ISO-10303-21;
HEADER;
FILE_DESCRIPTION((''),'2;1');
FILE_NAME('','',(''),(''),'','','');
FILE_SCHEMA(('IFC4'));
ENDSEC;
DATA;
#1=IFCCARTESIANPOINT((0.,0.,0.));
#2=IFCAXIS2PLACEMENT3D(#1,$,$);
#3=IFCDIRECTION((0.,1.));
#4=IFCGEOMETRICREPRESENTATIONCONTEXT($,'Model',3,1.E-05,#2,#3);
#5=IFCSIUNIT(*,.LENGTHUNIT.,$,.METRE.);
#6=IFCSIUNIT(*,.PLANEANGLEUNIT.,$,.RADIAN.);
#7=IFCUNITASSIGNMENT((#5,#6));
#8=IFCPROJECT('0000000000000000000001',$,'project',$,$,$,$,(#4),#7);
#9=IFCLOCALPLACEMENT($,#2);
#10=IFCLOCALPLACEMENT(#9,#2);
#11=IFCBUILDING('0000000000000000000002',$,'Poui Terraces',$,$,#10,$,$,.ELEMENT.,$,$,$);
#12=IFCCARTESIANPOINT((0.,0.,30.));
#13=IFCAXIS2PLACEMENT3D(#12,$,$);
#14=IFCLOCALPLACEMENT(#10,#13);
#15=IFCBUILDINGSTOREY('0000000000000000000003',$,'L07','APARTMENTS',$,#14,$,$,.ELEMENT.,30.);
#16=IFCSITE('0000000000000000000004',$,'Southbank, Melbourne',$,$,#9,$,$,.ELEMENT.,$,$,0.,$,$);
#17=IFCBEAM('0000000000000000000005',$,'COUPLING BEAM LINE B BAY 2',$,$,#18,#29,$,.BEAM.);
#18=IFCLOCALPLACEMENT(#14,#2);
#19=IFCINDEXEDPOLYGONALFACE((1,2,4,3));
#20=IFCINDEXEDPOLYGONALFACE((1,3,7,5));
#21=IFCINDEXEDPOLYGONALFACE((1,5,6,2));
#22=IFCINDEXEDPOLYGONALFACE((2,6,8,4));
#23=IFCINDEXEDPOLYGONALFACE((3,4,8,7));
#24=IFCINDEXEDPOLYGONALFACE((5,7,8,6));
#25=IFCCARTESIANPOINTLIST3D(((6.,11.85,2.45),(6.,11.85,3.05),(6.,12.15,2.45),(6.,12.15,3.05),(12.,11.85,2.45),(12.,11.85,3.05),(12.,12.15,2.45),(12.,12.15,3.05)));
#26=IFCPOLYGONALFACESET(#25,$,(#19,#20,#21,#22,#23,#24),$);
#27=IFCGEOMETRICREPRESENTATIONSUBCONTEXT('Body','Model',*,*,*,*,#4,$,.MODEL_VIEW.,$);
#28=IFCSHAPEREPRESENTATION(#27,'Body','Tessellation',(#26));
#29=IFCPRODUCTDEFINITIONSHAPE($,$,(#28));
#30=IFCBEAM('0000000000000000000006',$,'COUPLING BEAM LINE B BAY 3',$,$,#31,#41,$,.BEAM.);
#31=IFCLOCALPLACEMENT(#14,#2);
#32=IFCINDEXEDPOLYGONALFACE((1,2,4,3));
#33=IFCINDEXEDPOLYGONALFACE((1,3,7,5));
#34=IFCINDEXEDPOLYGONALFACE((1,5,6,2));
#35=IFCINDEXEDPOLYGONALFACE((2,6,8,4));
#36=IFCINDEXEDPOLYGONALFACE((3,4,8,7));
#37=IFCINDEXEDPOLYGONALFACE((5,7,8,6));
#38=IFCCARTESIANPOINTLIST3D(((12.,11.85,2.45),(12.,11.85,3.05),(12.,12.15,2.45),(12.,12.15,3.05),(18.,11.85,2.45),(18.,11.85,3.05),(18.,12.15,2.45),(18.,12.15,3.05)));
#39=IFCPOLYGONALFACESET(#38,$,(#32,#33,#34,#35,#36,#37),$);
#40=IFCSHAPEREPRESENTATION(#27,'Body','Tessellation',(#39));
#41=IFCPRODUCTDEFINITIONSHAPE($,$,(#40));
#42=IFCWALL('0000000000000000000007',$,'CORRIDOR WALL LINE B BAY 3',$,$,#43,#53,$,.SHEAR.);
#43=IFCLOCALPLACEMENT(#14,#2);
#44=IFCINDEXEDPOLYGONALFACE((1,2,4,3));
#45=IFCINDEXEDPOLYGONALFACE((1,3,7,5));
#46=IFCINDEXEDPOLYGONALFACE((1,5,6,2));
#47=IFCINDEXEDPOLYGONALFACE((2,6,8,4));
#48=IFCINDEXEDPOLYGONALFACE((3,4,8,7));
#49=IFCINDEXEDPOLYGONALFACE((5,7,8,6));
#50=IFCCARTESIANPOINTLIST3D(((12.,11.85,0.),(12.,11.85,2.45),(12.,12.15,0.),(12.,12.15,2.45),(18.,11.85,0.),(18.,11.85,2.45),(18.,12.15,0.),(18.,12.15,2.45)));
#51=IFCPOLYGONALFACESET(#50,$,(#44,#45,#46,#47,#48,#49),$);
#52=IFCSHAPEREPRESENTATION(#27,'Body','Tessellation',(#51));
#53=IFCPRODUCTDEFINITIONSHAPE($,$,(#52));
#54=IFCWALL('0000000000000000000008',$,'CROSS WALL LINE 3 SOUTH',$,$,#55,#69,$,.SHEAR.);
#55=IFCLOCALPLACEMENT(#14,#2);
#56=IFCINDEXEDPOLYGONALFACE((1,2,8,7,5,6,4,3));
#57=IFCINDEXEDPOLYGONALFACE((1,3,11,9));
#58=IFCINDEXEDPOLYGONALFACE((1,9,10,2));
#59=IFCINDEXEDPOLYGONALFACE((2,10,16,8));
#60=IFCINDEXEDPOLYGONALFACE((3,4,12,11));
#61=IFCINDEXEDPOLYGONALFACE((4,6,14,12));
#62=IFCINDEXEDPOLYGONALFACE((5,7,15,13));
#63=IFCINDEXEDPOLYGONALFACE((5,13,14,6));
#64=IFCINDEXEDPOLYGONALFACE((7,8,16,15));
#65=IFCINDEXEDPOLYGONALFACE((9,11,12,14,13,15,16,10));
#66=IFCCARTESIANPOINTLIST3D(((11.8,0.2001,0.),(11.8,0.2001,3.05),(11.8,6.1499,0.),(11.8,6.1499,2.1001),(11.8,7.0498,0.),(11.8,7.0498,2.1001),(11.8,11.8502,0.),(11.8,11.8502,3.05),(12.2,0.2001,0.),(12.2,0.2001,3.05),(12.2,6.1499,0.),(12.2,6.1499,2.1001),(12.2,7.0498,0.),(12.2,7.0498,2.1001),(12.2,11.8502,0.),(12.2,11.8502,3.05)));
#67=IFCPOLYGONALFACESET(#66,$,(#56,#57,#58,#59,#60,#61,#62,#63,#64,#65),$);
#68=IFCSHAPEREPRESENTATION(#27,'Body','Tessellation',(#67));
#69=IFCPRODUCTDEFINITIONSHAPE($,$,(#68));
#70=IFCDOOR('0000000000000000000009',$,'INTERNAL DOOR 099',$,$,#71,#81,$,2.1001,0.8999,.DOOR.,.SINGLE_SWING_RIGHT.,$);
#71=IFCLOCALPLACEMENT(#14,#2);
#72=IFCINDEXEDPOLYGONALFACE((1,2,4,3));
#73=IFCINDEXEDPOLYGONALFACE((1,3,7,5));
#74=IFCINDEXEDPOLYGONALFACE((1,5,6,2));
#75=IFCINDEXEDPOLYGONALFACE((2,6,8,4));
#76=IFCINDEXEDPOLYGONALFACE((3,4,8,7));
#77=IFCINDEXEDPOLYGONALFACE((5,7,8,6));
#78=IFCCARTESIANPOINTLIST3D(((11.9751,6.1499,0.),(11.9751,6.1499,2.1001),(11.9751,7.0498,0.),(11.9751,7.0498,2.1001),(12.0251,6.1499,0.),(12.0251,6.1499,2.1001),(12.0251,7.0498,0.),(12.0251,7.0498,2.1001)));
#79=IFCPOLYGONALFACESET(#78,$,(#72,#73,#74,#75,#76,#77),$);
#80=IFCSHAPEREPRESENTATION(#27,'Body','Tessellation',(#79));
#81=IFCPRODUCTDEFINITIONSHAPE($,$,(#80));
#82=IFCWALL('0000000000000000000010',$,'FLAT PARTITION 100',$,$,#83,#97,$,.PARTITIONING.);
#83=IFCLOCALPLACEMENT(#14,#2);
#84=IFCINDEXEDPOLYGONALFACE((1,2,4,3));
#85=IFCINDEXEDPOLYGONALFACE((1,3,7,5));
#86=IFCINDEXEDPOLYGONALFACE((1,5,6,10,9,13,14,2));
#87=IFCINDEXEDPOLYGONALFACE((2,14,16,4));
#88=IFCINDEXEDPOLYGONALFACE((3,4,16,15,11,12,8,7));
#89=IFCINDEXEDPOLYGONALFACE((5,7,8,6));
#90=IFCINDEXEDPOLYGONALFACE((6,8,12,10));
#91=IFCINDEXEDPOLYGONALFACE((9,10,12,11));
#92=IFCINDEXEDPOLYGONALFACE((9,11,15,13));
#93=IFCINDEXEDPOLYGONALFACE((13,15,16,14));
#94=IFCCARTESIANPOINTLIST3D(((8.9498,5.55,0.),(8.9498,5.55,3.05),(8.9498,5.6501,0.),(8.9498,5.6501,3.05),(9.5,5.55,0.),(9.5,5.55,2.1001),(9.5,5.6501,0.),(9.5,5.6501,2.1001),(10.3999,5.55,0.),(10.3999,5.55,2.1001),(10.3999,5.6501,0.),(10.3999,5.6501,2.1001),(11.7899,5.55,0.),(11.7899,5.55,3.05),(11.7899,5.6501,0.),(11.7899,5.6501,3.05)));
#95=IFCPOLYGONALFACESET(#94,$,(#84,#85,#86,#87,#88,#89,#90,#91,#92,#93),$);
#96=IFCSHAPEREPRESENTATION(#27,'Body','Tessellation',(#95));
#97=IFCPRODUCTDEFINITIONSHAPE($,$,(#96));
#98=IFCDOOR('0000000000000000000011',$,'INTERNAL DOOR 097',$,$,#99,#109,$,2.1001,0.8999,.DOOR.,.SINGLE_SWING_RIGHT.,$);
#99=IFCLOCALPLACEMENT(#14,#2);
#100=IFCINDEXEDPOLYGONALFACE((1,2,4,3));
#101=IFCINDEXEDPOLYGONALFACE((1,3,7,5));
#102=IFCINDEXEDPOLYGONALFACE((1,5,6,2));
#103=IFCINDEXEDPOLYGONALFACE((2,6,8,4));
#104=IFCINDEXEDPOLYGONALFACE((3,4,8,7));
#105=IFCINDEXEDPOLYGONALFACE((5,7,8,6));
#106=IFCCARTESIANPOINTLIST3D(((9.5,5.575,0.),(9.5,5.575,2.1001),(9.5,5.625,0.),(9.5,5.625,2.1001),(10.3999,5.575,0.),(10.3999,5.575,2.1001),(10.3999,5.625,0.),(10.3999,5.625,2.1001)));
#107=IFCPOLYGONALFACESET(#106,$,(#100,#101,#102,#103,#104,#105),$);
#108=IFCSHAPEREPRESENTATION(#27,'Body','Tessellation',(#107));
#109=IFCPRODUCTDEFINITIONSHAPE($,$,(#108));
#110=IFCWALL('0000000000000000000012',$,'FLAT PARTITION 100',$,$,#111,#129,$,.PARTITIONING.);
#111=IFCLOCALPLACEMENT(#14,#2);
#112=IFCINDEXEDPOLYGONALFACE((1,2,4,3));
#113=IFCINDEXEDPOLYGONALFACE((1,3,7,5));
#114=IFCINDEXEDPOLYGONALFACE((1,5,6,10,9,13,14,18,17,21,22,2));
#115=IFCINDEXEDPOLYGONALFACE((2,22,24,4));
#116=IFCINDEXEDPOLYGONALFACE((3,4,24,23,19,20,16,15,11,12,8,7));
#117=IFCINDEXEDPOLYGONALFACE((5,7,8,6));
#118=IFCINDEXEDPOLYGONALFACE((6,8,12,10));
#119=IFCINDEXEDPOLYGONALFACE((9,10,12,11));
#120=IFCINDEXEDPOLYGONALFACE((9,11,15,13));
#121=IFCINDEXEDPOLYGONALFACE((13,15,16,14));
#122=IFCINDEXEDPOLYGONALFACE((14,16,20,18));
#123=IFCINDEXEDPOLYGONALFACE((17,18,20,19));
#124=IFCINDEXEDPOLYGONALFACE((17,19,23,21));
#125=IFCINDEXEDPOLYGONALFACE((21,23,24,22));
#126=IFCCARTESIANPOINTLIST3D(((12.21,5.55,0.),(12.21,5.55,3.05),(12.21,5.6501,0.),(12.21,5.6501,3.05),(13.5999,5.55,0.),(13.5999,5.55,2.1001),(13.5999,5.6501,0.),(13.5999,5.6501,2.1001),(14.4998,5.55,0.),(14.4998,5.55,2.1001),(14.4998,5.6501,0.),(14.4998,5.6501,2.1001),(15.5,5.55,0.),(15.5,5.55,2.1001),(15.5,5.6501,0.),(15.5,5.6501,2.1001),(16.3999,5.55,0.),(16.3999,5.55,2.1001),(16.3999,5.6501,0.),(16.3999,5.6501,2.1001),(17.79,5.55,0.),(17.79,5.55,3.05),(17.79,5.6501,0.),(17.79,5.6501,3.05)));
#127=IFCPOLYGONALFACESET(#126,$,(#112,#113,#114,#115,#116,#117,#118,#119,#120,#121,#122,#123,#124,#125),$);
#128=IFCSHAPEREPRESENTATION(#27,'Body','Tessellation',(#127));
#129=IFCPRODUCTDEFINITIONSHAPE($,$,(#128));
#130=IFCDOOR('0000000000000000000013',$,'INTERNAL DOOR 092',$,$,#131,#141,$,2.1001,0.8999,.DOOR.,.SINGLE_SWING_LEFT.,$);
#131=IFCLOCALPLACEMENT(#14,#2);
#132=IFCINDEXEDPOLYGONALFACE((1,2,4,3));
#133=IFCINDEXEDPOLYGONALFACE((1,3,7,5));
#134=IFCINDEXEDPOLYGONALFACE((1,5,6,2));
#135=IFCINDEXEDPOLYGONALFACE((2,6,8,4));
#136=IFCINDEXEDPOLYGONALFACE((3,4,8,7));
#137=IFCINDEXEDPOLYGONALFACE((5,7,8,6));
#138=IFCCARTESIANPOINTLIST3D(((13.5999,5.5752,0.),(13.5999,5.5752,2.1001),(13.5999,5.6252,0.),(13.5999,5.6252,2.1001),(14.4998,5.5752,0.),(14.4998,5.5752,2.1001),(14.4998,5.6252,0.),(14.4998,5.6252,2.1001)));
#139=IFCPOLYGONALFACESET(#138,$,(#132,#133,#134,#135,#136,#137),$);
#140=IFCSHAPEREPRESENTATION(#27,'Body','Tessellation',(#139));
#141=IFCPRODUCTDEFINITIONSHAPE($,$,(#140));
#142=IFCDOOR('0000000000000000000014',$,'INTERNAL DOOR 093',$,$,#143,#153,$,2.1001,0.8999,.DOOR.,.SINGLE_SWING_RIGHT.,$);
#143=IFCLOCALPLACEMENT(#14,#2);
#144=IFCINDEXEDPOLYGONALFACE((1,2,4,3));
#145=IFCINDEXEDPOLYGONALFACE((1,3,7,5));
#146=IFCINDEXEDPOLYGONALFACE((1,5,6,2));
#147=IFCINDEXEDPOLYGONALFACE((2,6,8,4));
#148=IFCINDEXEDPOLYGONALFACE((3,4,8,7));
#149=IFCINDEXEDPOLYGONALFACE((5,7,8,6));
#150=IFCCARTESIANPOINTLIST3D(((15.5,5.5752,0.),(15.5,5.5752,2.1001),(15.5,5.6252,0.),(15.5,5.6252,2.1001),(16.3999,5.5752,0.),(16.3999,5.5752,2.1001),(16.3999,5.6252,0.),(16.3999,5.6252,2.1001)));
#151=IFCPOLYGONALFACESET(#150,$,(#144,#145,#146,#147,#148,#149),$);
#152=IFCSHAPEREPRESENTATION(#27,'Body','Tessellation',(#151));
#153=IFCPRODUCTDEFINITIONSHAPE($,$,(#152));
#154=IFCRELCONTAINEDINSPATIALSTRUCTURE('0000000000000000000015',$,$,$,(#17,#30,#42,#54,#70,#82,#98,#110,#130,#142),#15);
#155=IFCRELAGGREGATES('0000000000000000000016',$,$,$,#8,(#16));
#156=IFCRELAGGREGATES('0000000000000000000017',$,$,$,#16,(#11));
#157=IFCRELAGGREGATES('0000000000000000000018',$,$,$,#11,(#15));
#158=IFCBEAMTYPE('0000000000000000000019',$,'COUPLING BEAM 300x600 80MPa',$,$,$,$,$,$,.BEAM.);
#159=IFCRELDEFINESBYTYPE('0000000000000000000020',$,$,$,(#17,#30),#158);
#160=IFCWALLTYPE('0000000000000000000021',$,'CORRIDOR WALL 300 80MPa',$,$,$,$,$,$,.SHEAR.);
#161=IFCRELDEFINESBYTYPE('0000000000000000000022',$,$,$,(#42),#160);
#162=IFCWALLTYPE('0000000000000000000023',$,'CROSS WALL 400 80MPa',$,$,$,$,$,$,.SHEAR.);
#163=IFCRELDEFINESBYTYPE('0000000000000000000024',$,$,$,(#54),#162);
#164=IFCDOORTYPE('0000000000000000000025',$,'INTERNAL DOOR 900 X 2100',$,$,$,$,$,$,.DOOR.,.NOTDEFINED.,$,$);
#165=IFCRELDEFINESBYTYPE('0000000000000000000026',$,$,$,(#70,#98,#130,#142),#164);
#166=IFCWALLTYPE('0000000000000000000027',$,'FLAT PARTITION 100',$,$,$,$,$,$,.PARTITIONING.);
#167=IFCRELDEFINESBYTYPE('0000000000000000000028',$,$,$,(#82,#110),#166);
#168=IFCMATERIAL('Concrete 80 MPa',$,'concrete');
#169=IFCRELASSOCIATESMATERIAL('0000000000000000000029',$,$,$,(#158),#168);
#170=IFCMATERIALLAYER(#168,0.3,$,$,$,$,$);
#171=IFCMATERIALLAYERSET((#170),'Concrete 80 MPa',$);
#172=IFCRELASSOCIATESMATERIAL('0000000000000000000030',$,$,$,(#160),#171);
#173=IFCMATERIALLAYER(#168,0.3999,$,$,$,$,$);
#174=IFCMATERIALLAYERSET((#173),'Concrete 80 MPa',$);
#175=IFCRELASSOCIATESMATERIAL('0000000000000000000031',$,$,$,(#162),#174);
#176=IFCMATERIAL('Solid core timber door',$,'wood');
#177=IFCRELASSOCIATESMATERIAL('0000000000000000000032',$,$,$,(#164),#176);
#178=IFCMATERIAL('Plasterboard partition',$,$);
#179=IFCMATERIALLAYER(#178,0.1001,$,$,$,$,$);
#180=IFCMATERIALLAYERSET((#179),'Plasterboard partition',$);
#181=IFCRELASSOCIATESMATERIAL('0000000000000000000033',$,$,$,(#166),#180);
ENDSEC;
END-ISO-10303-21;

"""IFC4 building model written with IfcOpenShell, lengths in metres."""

from ifc_helpers import new_model, si_unit, direction, frame, frame_2d, origin, origin_2d, place, context, subcontext, project, spatial, rectangle, extrude, source, transform, mapped, material, layer, layer_set, material_profile, profile_set, type_object, element, fill, save


model = new_model("IFC4")

# Units and contexts
model_context = context("Model", 3, precision=1e-05, world=origin(), true_north=direction((0.0, 1.0)))
body_context = subcontext(model_context, "Body", "Model", "MODEL_VIEW")
ifc_project = project(units=[si_unit("LENGTHUNIT", "METRE"), si_unit("PLANEANGLEUNIT", "RADIAN")], contexts=[model_context])

# Site, building, storey
site_placement = place(None, origin())
site = spatial("IfcSite", under=ifc_project, at=site_placement, Name="Southbank, Melbourne", CompositionType="ELEMENT", RefElevation=0.0)
building_placement = place(site_placement, origin())
building = spatial("IfcBuilding", under=site, at=building_placement, Name="Poui Terraces", CompositionType="ELEMENT")
storey_placement = place(building_placement, frame((0.0, 0.0, 30.0)))
storey = spatial("IfcBuildingStorey", under=building, at=storey_placement, Name="L07", Description="APARTMENTS", CompositionType="ELEMENT", Elevation=30.0)

# Beams
ifc_material_1 = material(Name="Concrete 80 MPa", Category="concrete")
ifc_material_profile = material_profile(ifc_material_1, rectangle(XDim=0.3, YDim=0.6001, at=origin_2d()), Name="RC 300x600")
ifc_profile_set = profile_set([ifc_material_profile], Name="Concrete 80 MPa")
beam_type = type_object("IfcBeamType", Name="COUPLING BEAM 300x600 80MPa", PredefinedType="BEAM", material=ifc_profile_set)
shared_shape = source(origin(), body_context, "Body", "SweptSolid", [
    extrude(rectangle(XDim=0.3, YDim=0.6001, at=origin_2d()), origin(), (0.0, 0.0, 1.0), 6.0),
])
for number, where, z_axis, x_axis, name in (
    (1, (6.0, 12.0, 2.75), (1.0, 0.0, 0.0), (0.0, 1.0, 0.0), "COUPLING BEAM LINE B BAY 2"),
    (2, (12.0, 12.0, 2.75), (1.0, 0.0, 0.0), (0.0, 1.0, 0.0), "COUPLING BEAM LINE B BAY 3"),
):
    element("IfcBeam", number, at=place(storey_placement, frame(where, z_axis=z_axis, x_axis=x_axis)), inside=storey, type_object=beam_type, Name=name, PredefinedType="BEAM", context=body_context, shape_type="MappedRepresentation", body=[
        mapped(shared_shape, transform((0.0, 0.0, 0.0))),
    ])

# Wall
ifc_layer_1 = layer(ifc_material_1, 0.3)
ifc_layer_set_1 = layer_set([ifc_layer_1], Name="Concrete 80 MPa")
wall_type_1 = type_object("IfcWallType", Name="CORRIDOR WALL 300 80MPa", PredefinedType="SHEAR", material=ifc_layer_set_1)
wall_1_placement = place(storey_placement, frame((12.0, 12.0, 0.0), z_axis=(0.0, 0.0, 1.0), x_axis=(1.0, 0.0, 0.0)))
element("IfcWall", 3, at=wall_1_placement, inside=storey, type_object=wall_type_1, Name="CORRIDOR WALL LINE B BAY 3", PredefinedType="SHEAR", context=body_context, shape_type="SweptSolid", body=[
    extrude(rectangle(XDim=6.0, YDim=0.3, at=frame_2d((3.0, 0.0))), origin(), (0.0, 0.0, 1.0), 2.45),
])

# Walls, openings, doors
ifc_layer_2 = layer(ifc_material_1, 0.3999)
ifc_layer_set_2 = layer_set([ifc_layer_2], Name="Concrete 80 MPa")
wall_type_2 = type_object("IfcWallType", Name="CROSS WALL 400 80MPa", PredefinedType="SHEAR", material=ifc_layer_set_2)
wall_2_placement = place(storey_placement, frame((12.0, 0.2, 0.0), z_axis=(0.0, 0.0, 1.0), x_axis=(0.0, 1.0, 0.0)))
wall_2 = element("IfcWall", 4, at=wall_2_placement, inside=storey, type_object=wall_type_2, Name="CROSS WALL LINE 3 SOUTH", PredefinedType="SHEAR", context=body_context, shape_type="SweptSolid", body=[
    extrude(rectangle(XDim=11.6501, YDim=0.3999, at=frame_2d((5.8252, 0.0))), origin(), (0.0, 0.0, 1.0), 3.05),
])
opening_1_placement = place(wall_2_placement, frame((5.95, 0.0, 0.0)))
opening_1 = element("IfcOpeningElement", 5, at=opening_1_placement, cuts=wall_2, PredefinedType="OPENING", context=body_context, shape_type="SweptSolid", body=[
    extrude(rectangle(XDim=0.8999, YDim=2.1001, at=frame_2d((0.45, 1.05))), frame((0.0, 0.21, 0.0), z_axis=(0.0, -1.0, 0.0), x_axis=(1.0, 0.0, 0.0)), (0.0, 0.0, 1.0), 0.4199),
])
ifc_material_2 = material(Name="Solid core timber door", Category="wood")
door_type_1 = type_object("IfcDoorType", Name="INTERNAL DOOR 900 X 2100", OperationType="NOTDEFINED", PredefinedType="DOOR", material=ifc_material_2)
door_1_placement = place(opening_1_placement, origin())
door_1 = element("IfcDoor", 6, at=door_1_placement, inside=storey, type_object=door_type_1, Name="INTERNAL DOOR 099", OperationType="SINGLE_SWING_RIGHT", OverallHeight=2.1001, OverallWidth=0.8999, PredefinedType="DOOR", context=body_context, shape_type="SweptSolid", body=[
    extrude(rectangle(XDim=0.8999, YDim=2.1001, at=frame_2d((0.45, 1.05))), frame((0.0, 0.0249, 0.0), z_axis=(0.0, -1.0, 0.0), x_axis=(1.0, 0.0, 0.0)), (0.0, 0.0, 1.0), 0.05),
])
fill(opening_1, door_1)
ifc_material_3 = material(Name="Plasterboard partition")
ifc_layer_3 = layer(ifc_material_3, 0.1001)
ifc_layer_set_3 = layer_set([ifc_layer_3], Name="Plasterboard partition")
wall_type_3 = type_object("IfcWallType", Name="FLAT PARTITION 100", PredefinedType="PARTITIONING", material=ifc_layer_set_3)
wall_3_placement = place(storey_placement, frame((8.95, 5.6001, 0.0), z_axis=(0.0, 0.0, 1.0), x_axis=(1.0, 0.0, 0.0)))
wall_3 = element("IfcWall", 7, at=wall_3_placement, inside=storey, type_object=wall_type_3, Name="FLAT PARTITION 100", PredefinedType="PARTITIONING", context=body_context, shape_type="SweptSolid", body=[
    extrude(rectangle(XDim=2.8401, YDim=0.1001, at=frame_2d((1.4199, 0.0))), origin(), (0.0, 0.0, 1.0), 3.05),
])
opening_2_placement = place(wall_3_placement, frame((0.55, 0.0, 0.0)))
opening_2 = element("IfcOpeningElement", 8, at=opening_2_placement, cuts=wall_3, PredefinedType="OPENING", context=body_context, shape_type="SweptSolid", body=[
    extrude(rectangle(XDim=0.8999, YDim=2.1001, at=frame_2d((0.45, 1.05))), frame((0.0, 0.0601, 0.0), z_axis=(0.0, -1.0, 0.0), x_axis=(1.0, 0.0, 0.0)), (0.0, 0.0, 1.0), 0.1201),
])
door_2_placement = place(opening_2_placement, origin())
door_2 = element("IfcDoor", 9, at=door_2_placement, inside=storey, type_object=door_type_1, Name="INTERNAL DOOR 097", OperationType="SINGLE_SWING_RIGHT", OverallHeight=2.1001, OverallWidth=0.8999, PredefinedType="DOOR", context=body_context, shape_type="SweptSolid", body=[
    extrude(rectangle(XDim=0.8999, YDim=2.1001, at=frame_2d((0.45, 1.05))), frame((0.0, 0.0249, 0.0), z_axis=(0.0, -1.0, 0.0), x_axis=(1.0, 0.0, 0.0)), (0.0, 0.0, 1.0), 0.05),
])
fill(opening_2, door_2)

# Wall, openings, doors
wall_4_placement = place(storey_placement, frame((12.21, 5.6001, 0.0), z_axis=(0.0, 0.0, 1.0), x_axis=(1.0, 0.0, 0.0)))
wall_4 = element("IfcWall", 10, at=wall_4_placement, inside=storey, type_object=wall_type_3, Name="FLAT PARTITION 100", PredefinedType="PARTITIONING", context=body_context, shape_type="SweptSolid", body=[
    extrude(rectangle(XDim=5.5801, YDim=0.1001, at=frame_2d((2.79, 0.0))), origin(), (0.0, 0.0, 1.0), 3.05),
])
opening_3_placement = place(wall_4_placement, frame((1.3899, 0.0, 0.0)))
opening_3 = element("IfcOpeningElement", 11, at=opening_3_placement, cuts=wall_4, PredefinedType="OPENING", context=body_context, shape_type="SweptSolid", body=[
    extrude(rectangle(XDim=0.8999, YDim=2.1001, at=frame_2d((0.45, 1.05))), frame((0.0, 0.0601, 0.0), z_axis=(0.0, -1.0, 0.0), x_axis=(1.0, 0.0, 0.0)), (0.0, 0.0, 1.0), 0.1201),
])
opening_4_placement = place(wall_4_placement, frame((3.29, 0.0, 0.0)))
opening_4 = element("IfcOpeningElement", 12, at=opening_4_placement, cuts=wall_4, PredefinedType="OPENING", context=body_context, shape_type="SweptSolid", body=[
    extrude(rectangle(XDim=0.8999, YDim=2.1001, at=frame_2d((0.45, 1.05))), frame((0.0, 0.0601, 0.0), z_axis=(0.0, -1.0, 0.0), x_axis=(1.0, 0.0, 0.0)), (0.0, 0.0, 1.0), 0.1201),
])
door_3_placement = place(opening_3_placement, frame((0.8999, 0.0, 0.0), z_axis=(0.0, 0.0, 1.0), x_axis=(-1.0, 0.0, 0.0)))
door_3 = element("IfcDoor", 13, at=door_3_placement, inside=storey, type_object=door_type_1, Name="INTERNAL DOOR 092", OperationType="SINGLE_SWING_LEFT", OverallHeight=2.1001, OverallWidth=0.8999, PredefinedType="DOOR", context=body_context, shape_type="SweptSolid", body=[
    extrude(rectangle(XDim=0.8999, YDim=2.1001, at=frame_2d((0.45, 1.05))), frame((0.0, 0.0249, 0.0), z_axis=(0.0, -1.0, 0.0), x_axis=(1.0, 0.0, 0.0)), (0.0, 0.0, 1.0), 0.05),
])
fill(opening_3, door_3)
door_4_placement = place(opening_4_placement, frame((0.8999, 0.0, 0.0), z_axis=(0.0, 0.0, 1.0), x_axis=(-1.0, 0.0, 0.0)))
door_4 = element("IfcDoor", 14, at=door_4_placement, inside=storey, type_object=door_type_1, Name="INTERNAL DOOR 093", OperationType="SINGLE_SWING_RIGHT", OverallHeight=2.1001, OverallWidth=0.8999, PredefinedType="DOOR", context=body_context, shape_type="SweptSolid", body=[
    extrude(rectangle(XDim=0.8999, YDim=2.1001, at=frame_2d((0.45, 1.05))), frame((0.0, 0.0249, 0.0), z_axis=(0.0, -1.0, 0.0), x_axis=(1.0, 0.0, 0.0)), (0.0, 0.0, 1.0), 0.05),
])
fill(opening_4, door_4)

save(model, "model.ifc")
